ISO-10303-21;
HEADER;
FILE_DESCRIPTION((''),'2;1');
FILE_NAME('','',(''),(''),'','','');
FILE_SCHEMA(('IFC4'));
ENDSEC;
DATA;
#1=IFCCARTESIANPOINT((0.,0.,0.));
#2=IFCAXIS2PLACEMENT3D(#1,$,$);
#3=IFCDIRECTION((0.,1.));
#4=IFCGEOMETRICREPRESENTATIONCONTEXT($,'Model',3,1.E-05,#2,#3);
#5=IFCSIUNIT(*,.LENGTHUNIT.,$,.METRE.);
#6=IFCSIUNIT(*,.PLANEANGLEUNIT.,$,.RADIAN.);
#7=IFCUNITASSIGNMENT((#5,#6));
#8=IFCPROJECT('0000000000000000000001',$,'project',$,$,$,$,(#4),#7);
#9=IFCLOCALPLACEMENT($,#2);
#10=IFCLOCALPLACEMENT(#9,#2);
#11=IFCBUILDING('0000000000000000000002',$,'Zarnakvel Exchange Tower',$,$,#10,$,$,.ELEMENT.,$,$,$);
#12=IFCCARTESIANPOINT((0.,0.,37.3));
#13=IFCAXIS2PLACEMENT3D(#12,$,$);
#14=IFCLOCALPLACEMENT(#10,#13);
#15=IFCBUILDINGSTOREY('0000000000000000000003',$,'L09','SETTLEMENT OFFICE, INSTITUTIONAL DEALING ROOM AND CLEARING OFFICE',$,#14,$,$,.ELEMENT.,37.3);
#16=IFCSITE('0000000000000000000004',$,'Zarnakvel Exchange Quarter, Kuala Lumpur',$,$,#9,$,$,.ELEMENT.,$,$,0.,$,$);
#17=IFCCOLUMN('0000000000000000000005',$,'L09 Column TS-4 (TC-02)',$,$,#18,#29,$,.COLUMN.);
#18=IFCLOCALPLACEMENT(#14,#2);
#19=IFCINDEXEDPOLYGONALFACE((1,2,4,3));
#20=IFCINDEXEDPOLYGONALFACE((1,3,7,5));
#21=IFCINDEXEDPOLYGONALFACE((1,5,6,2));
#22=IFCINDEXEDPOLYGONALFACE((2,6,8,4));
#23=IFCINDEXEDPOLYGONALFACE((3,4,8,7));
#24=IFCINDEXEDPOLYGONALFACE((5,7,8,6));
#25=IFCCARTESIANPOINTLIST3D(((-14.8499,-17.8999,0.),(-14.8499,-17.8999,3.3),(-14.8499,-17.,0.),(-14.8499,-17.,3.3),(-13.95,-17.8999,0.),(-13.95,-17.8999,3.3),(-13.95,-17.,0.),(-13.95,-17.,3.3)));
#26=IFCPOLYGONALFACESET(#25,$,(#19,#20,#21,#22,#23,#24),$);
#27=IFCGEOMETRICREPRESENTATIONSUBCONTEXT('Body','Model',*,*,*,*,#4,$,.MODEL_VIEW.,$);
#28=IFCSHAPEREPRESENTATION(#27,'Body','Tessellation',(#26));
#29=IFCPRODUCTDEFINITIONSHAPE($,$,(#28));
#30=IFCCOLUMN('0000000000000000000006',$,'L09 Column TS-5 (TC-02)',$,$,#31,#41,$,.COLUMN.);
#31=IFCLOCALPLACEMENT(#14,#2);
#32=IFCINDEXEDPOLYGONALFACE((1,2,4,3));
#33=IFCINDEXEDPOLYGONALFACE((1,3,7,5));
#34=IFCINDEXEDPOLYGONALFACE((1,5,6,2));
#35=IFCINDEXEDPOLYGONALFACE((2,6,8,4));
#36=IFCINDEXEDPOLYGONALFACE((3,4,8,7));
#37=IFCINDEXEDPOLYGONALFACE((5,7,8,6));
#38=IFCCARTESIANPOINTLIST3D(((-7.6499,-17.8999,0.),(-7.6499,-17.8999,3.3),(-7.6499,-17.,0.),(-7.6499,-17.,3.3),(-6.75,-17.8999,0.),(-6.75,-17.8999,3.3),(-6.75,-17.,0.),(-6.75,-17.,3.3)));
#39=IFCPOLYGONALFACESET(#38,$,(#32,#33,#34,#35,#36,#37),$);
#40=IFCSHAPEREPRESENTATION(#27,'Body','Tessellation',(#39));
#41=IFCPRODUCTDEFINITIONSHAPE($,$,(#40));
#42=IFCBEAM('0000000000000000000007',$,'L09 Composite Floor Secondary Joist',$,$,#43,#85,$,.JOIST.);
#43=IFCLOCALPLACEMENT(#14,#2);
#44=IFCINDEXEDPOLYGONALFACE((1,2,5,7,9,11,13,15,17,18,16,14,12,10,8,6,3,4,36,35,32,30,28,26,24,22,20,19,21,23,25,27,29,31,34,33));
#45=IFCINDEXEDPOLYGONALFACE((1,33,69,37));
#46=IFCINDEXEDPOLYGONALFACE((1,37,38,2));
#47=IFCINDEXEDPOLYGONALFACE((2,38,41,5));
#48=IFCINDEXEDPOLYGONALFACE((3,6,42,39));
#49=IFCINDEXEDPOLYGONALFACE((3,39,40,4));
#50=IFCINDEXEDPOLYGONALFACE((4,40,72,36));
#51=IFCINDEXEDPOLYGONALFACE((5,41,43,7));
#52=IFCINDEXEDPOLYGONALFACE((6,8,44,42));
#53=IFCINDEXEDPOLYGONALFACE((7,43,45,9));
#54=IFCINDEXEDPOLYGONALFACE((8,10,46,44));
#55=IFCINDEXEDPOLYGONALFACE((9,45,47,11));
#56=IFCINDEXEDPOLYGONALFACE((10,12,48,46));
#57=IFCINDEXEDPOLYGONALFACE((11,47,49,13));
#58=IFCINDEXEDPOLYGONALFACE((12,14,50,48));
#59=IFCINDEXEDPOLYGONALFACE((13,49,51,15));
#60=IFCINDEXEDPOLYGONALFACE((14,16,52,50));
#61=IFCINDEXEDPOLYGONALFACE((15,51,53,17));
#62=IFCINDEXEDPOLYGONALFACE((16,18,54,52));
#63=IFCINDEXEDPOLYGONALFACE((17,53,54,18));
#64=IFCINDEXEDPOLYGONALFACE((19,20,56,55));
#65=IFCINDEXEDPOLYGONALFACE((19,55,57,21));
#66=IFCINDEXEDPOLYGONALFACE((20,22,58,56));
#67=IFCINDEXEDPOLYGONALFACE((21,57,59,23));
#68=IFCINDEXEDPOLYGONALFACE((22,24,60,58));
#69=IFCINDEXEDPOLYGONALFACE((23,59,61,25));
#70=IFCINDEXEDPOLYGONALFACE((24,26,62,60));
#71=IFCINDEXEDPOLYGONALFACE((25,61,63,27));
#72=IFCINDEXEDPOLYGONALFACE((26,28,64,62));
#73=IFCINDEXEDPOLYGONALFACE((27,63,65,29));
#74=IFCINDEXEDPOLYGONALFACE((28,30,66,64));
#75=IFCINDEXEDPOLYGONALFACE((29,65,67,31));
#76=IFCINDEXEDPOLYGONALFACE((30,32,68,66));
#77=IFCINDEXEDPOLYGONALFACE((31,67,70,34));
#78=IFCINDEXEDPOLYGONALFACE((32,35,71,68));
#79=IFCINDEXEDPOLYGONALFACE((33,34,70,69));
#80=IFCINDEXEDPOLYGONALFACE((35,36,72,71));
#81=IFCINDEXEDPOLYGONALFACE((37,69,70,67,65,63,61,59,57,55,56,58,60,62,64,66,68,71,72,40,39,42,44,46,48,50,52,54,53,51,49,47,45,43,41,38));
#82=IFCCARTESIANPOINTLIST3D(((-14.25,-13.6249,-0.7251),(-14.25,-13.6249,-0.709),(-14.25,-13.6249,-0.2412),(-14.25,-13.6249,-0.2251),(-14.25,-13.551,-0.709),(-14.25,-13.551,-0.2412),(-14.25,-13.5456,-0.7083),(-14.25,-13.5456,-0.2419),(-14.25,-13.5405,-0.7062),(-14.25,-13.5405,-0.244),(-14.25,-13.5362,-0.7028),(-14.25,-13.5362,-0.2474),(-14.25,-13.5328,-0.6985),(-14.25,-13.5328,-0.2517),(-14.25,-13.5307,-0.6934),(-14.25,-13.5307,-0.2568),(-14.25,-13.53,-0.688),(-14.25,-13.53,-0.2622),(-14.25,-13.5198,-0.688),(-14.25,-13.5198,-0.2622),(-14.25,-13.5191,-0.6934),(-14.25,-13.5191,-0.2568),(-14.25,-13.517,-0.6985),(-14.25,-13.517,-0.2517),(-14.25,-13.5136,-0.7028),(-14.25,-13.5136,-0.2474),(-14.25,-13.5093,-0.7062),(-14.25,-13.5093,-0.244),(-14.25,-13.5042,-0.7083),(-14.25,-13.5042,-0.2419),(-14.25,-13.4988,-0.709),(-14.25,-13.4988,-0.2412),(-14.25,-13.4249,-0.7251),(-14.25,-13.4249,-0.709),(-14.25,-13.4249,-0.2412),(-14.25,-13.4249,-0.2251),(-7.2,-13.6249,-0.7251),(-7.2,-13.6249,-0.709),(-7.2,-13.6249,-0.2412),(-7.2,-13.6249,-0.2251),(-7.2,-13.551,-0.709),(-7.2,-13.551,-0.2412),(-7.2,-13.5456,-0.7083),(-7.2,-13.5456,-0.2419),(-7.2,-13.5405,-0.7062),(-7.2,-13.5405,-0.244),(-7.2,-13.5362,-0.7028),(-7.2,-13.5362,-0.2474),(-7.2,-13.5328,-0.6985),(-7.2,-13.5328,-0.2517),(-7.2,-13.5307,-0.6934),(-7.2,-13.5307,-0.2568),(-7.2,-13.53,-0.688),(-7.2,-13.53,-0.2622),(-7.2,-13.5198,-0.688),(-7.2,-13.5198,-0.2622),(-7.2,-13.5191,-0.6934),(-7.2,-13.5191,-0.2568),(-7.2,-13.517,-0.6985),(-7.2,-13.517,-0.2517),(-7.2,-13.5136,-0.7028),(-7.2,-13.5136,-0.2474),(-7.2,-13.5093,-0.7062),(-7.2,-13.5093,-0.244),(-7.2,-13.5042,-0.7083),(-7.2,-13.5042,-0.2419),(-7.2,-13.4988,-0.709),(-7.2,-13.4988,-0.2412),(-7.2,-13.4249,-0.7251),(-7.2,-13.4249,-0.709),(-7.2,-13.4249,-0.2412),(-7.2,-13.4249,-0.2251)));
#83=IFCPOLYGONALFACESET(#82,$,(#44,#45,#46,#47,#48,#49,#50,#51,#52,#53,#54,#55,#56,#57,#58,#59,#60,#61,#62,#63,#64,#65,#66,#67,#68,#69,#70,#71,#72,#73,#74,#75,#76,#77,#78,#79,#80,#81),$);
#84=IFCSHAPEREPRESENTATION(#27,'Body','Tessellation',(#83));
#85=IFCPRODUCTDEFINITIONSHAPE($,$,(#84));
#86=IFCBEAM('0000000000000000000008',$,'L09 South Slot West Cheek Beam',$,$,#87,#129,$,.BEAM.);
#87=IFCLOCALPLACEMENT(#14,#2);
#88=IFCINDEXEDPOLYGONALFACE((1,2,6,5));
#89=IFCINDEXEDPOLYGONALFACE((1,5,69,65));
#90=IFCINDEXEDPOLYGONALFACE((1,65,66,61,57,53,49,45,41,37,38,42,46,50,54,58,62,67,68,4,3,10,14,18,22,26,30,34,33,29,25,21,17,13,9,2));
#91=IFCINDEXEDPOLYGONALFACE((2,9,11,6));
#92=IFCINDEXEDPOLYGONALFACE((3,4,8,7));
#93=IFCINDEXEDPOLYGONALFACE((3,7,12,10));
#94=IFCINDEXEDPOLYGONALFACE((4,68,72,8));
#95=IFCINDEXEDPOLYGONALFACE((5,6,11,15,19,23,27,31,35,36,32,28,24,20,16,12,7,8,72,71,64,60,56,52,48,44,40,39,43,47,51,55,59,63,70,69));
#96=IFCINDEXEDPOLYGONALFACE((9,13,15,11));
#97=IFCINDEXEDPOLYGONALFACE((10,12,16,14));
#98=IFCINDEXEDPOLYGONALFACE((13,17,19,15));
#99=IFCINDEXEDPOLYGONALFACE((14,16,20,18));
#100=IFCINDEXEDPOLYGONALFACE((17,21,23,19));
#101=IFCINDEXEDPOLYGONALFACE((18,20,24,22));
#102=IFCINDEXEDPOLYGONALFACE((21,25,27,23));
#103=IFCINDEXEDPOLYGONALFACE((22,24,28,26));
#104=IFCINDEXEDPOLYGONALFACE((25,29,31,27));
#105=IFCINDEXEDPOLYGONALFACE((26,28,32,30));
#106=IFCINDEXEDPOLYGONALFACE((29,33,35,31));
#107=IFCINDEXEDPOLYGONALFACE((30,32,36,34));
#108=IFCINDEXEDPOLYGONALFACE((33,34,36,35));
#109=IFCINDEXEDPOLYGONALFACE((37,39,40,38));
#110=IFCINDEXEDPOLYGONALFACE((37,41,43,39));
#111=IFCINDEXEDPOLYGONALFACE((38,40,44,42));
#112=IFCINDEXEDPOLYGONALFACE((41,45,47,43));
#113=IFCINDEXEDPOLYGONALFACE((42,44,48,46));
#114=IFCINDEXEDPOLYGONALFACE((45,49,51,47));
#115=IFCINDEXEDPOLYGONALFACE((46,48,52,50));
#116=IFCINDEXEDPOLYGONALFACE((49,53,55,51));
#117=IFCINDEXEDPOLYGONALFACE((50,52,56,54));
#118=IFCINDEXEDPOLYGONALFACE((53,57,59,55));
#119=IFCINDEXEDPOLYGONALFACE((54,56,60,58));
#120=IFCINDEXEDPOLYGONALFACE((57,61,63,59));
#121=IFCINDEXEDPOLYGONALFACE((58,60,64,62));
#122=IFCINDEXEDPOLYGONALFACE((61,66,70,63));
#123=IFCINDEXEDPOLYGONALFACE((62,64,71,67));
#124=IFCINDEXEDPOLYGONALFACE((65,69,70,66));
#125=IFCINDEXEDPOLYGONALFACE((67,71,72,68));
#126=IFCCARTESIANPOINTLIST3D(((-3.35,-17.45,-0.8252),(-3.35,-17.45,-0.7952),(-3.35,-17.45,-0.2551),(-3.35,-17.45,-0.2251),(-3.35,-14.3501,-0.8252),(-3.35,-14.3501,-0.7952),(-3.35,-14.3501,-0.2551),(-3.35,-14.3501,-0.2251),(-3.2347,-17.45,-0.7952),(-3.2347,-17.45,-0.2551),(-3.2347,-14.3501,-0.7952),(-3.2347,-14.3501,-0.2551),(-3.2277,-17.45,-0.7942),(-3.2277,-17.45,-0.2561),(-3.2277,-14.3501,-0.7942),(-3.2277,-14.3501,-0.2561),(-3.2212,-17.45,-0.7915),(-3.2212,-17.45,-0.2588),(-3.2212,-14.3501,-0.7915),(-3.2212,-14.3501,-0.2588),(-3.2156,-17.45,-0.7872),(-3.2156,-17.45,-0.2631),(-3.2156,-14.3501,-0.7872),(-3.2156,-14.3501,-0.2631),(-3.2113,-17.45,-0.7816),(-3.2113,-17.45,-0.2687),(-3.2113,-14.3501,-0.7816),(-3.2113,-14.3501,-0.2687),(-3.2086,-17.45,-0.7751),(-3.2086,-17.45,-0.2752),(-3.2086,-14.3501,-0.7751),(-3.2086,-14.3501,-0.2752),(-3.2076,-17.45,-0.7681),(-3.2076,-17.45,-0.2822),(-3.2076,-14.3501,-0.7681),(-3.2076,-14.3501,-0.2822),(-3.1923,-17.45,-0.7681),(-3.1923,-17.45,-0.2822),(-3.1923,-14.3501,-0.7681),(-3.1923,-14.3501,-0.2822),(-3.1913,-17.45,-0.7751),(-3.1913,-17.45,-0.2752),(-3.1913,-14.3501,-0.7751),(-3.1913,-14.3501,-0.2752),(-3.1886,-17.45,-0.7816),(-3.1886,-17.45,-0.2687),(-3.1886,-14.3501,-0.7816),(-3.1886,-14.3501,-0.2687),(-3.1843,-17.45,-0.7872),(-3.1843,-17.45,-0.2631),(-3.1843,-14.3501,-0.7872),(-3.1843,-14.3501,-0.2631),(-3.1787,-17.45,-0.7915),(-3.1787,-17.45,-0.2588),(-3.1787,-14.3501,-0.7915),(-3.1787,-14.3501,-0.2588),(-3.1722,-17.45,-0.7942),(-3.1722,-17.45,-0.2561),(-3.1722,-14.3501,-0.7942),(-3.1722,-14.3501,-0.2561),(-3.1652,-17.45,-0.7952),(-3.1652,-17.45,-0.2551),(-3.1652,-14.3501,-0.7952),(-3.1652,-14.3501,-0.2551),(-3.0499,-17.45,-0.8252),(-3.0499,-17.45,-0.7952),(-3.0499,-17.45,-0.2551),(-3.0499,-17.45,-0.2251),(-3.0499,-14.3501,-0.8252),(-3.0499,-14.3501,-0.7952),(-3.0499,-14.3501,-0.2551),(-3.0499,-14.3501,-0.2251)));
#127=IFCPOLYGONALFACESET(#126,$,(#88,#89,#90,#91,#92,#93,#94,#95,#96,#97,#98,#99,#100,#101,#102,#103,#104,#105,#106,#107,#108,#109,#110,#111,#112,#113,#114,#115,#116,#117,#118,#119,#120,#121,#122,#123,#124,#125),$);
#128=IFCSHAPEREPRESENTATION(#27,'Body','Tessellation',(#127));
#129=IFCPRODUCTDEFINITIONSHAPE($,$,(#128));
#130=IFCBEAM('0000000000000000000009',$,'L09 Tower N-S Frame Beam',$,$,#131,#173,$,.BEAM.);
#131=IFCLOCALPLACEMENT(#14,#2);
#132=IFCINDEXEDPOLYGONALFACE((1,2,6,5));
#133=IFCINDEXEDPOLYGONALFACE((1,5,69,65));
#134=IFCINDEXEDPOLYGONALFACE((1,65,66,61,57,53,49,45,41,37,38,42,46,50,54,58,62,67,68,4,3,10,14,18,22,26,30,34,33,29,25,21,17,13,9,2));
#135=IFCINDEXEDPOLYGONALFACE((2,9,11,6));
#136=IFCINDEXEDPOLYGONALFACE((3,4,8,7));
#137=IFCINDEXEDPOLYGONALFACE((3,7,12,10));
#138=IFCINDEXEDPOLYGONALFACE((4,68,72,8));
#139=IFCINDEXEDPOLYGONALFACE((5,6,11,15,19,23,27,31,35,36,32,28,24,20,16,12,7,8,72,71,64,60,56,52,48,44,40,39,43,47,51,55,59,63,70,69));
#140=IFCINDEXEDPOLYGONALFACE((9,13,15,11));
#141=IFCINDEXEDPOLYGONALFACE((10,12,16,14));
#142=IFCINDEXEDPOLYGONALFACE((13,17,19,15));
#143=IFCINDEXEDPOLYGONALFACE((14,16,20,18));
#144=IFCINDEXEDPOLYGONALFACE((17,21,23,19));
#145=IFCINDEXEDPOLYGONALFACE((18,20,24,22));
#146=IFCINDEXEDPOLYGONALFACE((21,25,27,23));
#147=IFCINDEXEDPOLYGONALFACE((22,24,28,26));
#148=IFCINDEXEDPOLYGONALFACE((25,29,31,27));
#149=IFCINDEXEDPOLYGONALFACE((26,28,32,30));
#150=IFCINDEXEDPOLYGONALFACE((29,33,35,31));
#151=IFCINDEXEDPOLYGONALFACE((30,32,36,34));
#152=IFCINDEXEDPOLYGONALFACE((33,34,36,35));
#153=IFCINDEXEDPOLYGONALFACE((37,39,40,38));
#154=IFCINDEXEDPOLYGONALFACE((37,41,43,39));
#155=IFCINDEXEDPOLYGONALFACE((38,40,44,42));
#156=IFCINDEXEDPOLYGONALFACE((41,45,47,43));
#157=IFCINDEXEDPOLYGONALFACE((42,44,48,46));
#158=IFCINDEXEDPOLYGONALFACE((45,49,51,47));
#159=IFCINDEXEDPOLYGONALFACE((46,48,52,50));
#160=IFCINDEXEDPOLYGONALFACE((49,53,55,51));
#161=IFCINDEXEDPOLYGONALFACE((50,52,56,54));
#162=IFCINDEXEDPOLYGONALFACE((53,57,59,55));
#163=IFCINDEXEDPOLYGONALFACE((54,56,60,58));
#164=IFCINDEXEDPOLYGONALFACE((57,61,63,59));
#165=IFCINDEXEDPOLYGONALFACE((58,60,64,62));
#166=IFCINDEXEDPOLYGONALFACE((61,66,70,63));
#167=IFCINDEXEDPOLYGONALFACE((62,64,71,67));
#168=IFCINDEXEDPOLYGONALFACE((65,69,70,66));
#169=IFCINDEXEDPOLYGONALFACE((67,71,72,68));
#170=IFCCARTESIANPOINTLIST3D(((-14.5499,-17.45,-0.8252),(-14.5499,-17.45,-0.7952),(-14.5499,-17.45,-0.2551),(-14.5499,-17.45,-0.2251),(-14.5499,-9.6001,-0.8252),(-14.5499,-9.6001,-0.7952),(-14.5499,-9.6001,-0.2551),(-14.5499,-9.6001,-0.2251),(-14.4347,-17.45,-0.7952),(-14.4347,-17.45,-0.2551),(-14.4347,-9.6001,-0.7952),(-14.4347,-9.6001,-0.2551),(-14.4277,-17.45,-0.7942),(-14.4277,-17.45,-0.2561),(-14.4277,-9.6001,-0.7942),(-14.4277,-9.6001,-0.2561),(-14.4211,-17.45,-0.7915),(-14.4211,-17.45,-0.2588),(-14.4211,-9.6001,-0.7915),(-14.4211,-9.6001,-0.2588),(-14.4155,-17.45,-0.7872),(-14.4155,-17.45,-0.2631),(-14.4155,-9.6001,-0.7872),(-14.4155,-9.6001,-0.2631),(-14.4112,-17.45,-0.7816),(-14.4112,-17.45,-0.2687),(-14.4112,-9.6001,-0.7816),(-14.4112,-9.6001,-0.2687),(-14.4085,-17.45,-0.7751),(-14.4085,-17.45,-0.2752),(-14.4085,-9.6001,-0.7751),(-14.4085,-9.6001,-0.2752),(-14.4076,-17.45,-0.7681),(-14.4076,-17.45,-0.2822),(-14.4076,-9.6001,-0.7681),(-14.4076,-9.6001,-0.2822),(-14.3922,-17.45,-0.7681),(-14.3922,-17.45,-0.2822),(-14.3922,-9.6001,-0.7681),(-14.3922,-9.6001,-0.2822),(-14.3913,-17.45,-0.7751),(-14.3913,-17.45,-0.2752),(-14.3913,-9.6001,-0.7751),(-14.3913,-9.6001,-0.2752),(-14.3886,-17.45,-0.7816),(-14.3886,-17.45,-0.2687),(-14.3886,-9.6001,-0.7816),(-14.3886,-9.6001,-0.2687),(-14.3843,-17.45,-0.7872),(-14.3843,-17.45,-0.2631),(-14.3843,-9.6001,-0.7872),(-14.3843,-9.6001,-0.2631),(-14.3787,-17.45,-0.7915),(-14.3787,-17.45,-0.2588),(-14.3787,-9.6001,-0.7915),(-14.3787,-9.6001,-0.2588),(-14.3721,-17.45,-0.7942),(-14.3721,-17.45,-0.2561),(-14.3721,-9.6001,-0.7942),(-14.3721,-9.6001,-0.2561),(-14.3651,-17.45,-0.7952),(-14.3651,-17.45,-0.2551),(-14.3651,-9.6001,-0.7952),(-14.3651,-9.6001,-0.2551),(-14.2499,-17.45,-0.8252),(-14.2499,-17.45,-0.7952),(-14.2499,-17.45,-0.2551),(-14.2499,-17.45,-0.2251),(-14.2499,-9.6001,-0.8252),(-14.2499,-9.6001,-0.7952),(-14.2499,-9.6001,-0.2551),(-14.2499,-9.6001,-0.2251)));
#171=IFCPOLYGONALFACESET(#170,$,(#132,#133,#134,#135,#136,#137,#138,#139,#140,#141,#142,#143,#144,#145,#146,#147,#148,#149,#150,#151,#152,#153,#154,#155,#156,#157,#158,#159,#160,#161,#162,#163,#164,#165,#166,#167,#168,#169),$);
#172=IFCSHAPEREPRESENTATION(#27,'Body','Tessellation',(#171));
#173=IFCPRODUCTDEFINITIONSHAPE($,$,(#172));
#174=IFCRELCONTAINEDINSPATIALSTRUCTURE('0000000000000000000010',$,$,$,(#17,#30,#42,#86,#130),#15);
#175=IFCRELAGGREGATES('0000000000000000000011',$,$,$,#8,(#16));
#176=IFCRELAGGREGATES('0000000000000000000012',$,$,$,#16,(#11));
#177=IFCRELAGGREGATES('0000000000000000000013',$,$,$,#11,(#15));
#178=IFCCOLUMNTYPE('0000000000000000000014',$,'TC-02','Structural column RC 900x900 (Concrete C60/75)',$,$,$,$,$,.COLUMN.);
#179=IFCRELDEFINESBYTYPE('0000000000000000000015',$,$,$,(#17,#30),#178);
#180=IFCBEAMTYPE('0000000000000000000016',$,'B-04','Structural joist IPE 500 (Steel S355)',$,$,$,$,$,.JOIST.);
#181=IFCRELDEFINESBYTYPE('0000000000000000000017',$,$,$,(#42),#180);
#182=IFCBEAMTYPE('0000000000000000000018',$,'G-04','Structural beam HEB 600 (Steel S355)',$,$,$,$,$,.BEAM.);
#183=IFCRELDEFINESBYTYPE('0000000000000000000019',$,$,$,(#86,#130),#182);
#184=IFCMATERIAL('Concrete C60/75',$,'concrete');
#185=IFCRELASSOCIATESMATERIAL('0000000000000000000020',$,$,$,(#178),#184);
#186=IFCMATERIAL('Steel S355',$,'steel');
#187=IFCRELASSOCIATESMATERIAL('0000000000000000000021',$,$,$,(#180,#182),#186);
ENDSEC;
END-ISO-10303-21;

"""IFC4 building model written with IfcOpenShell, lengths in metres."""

from ifc_helpers import new_model, si_unit, direction, frame, origin, origin_2d, place, context, subcontext, project, spatial, rectangle, i_section, extrude, material, material_profile, profile_set, type_object, element, save


model = new_model("IFC4")

# Units and contexts
model_context = context("Model", 3, precision=1e-05, world=origin(), true_north=direction((0.0, 1.0)))
body_context = subcontext(model_context, "Body", "Model", "MODEL_VIEW")
ifc_project = project(units=[si_unit("LENGTHUNIT", "METRE"), si_unit("PLANEANGLEUNIT", "RADIAN")], contexts=[model_context])

# Site, building, storey
site_placement = place(None, origin())
site = spatial("IfcSite", under=ifc_project, at=site_placement, Name="Zarnakvel Exchange Quarter, Kuala Lumpur", CompositionType="ELEMENT", RefElevation=0.0)
building_placement = place(site_placement, origin())
building = spatial("IfcBuilding", under=site, at=building_placement, Name="Zarnakvel Exchange Tower", CompositionType="ELEMENT")
storey_placement = place(building_placement, frame((0.0, 0.0, 37.3)))
storey = spatial("IfcBuildingStorey", under=building, at=storey_placement, Name="L09", Description="SETTLEMENT OFFICE, INSTITUTIONAL DEALING ROOM AND CLEARING OFFICE", CompositionType="ELEMENT", Elevation=37.3)

# Columns
ifc_material_1 = material(Name="Concrete C60/75", Category="concrete")
ifc_material_profile_1 = material_profile(ifc_material_1, rectangle(XDim=0.8999, YDim=0.8999, at=origin_2d()))
ifc_profile_set_1 = profile_set([ifc_material_profile_1], Name="Concrete C60/75")
column_type = type_object("IfcColumnType", Name="TC-02", Description="Structural column RC 900x900 (Concrete C60/75)", PredefinedType="COLUMN", material=ifc_profile_set_1)
for number, where, z_axis, x_axis, name in (
    (1, (-14.3999, -17.45, 0.0), (0.0, 0.0, 1.0), (1.0, 0.0, 0.0), "L09 Column TS-4 (TC-02)"),
    (2, (-7.2, -17.45, 0.0), (0.0, 0.0, 1.0), (1.0, 0.0, 0.0), "L09 Column TS-5 (TC-02)"),
):
    element("IfcColumn", number, at=place(storey_placement, frame(where, z_axis=z_axis, x_axis=x_axis)), inside=storey, type_object=column_type, Name=name, PredefinedType="COLUMN", context=body_context, shape_type="SweptSolid", body=[
        extrude(rectangle(XDim=0.8999, YDim=0.8999, at=origin_2d()), origin(), (0.0, 0.0, 1.0), 3.3),
    ])

# Beams
ifc_material_2 = material(Name="Steel S355", Category="steel")
ifc_material_profile_2 = material_profile(ifc_material_2, i_section(OverallWidth=0.2, OverallDepth=0.5, WebThickness=0.0103, FlangeThickness=0.0161, FilletRadius=0.021, at=origin_2d()))
ifc_profile_set_2 = profile_set([ifc_material_profile_2], Name="Steel S355")
beam_type_1 = type_object("IfcBeamType", Name="B-04", Description="Structural joist IPE 500 (Steel S355)", PredefinedType="JOIST", material=ifc_profile_set_2)
beam_1_placement = place(storey_placement, frame((-14.25, -13.5249, -0.4751), z_axis=(1.0, 0.0, 0.0), x_axis=(0.0, 1.0, 0.0)))
element("IfcBeam", 3, at=beam_1_placement, inside=storey, type_object=beam_type_1, Name="L09 Composite Floor Secondary Joist", PredefinedType="JOIST", context=body_context, shape_type="SweptSolid", body=[
    extrude(i_section(OverallWidth=0.2, OverallDepth=0.5, WebThickness=0.0103, FlangeThickness=0.0161, FilletRadius=0.021, at=origin_2d()), origin(), (0.0, 0.0, 1.0), 7.05),
])
ifc_material_profile_3 = material_profile(ifc_material_2, i_section(OverallWidth=0.3, OverallDepth=0.6001, WebThickness=0.0154, FlangeThickness=0.03, FilletRadius=0.0271, at=origin_2d()))
ifc_profile_set_3 = profile_set([ifc_material_profile_3], Name="Steel S355")
beam_type_2 = type_object("IfcBeamType", Name="G-04", Description="Structural beam HEB 600 (Steel S355)", PredefinedType="BEAM", material=ifc_profile_set_3)
beam_2_placement = place(storey_placement, frame((-3.2, -17.45, -0.5251), z_axis=(0.0, 1.0, 0.0), x_axis=(-1.0, 0.0, 0.0)))
element("IfcBeam", 4, at=beam_2_placement, inside=storey, type_object=beam_type_2, Name="L09 South Slot West Cheek Beam", PredefinedType="BEAM", context=body_context, shape_type="SweptSolid", body=[
    extrude(i_section(OverallWidth=0.3, OverallDepth=0.6001, WebThickness=0.0154, FlangeThickness=0.03, FilletRadius=0.0271, at=origin_2d()), origin(), (0.0, 0.0, 1.0), 3.0999),
])
for number, where, z_axis, x_axis, name in (
    (5, (-14.3999, -17.45, -0.5251), (0.0, 1.0, 0.0), (-1.0, 0.0, 0.0), "L09 Tower N-S Frame Beam"),
):
    element("IfcBeam", number, at=place(storey_placement, frame(where, z_axis=z_axis, x_axis=x_axis)), inside=storey, type_object=beam_type_2, Name=name, PredefinedType="BEAM", context=body_context, shape_type="SweptSolid", body=[
        extrude(i_section(OverallWidth=0.3, OverallDepth=0.6001, WebThickness=0.0154, FlangeThickness=0.03, FilletRadius=0.0271, at=origin_2d()), origin(), (0.0, 0.0, 1.0), 7.8499),
    ])

save(model, "model.ifc")
